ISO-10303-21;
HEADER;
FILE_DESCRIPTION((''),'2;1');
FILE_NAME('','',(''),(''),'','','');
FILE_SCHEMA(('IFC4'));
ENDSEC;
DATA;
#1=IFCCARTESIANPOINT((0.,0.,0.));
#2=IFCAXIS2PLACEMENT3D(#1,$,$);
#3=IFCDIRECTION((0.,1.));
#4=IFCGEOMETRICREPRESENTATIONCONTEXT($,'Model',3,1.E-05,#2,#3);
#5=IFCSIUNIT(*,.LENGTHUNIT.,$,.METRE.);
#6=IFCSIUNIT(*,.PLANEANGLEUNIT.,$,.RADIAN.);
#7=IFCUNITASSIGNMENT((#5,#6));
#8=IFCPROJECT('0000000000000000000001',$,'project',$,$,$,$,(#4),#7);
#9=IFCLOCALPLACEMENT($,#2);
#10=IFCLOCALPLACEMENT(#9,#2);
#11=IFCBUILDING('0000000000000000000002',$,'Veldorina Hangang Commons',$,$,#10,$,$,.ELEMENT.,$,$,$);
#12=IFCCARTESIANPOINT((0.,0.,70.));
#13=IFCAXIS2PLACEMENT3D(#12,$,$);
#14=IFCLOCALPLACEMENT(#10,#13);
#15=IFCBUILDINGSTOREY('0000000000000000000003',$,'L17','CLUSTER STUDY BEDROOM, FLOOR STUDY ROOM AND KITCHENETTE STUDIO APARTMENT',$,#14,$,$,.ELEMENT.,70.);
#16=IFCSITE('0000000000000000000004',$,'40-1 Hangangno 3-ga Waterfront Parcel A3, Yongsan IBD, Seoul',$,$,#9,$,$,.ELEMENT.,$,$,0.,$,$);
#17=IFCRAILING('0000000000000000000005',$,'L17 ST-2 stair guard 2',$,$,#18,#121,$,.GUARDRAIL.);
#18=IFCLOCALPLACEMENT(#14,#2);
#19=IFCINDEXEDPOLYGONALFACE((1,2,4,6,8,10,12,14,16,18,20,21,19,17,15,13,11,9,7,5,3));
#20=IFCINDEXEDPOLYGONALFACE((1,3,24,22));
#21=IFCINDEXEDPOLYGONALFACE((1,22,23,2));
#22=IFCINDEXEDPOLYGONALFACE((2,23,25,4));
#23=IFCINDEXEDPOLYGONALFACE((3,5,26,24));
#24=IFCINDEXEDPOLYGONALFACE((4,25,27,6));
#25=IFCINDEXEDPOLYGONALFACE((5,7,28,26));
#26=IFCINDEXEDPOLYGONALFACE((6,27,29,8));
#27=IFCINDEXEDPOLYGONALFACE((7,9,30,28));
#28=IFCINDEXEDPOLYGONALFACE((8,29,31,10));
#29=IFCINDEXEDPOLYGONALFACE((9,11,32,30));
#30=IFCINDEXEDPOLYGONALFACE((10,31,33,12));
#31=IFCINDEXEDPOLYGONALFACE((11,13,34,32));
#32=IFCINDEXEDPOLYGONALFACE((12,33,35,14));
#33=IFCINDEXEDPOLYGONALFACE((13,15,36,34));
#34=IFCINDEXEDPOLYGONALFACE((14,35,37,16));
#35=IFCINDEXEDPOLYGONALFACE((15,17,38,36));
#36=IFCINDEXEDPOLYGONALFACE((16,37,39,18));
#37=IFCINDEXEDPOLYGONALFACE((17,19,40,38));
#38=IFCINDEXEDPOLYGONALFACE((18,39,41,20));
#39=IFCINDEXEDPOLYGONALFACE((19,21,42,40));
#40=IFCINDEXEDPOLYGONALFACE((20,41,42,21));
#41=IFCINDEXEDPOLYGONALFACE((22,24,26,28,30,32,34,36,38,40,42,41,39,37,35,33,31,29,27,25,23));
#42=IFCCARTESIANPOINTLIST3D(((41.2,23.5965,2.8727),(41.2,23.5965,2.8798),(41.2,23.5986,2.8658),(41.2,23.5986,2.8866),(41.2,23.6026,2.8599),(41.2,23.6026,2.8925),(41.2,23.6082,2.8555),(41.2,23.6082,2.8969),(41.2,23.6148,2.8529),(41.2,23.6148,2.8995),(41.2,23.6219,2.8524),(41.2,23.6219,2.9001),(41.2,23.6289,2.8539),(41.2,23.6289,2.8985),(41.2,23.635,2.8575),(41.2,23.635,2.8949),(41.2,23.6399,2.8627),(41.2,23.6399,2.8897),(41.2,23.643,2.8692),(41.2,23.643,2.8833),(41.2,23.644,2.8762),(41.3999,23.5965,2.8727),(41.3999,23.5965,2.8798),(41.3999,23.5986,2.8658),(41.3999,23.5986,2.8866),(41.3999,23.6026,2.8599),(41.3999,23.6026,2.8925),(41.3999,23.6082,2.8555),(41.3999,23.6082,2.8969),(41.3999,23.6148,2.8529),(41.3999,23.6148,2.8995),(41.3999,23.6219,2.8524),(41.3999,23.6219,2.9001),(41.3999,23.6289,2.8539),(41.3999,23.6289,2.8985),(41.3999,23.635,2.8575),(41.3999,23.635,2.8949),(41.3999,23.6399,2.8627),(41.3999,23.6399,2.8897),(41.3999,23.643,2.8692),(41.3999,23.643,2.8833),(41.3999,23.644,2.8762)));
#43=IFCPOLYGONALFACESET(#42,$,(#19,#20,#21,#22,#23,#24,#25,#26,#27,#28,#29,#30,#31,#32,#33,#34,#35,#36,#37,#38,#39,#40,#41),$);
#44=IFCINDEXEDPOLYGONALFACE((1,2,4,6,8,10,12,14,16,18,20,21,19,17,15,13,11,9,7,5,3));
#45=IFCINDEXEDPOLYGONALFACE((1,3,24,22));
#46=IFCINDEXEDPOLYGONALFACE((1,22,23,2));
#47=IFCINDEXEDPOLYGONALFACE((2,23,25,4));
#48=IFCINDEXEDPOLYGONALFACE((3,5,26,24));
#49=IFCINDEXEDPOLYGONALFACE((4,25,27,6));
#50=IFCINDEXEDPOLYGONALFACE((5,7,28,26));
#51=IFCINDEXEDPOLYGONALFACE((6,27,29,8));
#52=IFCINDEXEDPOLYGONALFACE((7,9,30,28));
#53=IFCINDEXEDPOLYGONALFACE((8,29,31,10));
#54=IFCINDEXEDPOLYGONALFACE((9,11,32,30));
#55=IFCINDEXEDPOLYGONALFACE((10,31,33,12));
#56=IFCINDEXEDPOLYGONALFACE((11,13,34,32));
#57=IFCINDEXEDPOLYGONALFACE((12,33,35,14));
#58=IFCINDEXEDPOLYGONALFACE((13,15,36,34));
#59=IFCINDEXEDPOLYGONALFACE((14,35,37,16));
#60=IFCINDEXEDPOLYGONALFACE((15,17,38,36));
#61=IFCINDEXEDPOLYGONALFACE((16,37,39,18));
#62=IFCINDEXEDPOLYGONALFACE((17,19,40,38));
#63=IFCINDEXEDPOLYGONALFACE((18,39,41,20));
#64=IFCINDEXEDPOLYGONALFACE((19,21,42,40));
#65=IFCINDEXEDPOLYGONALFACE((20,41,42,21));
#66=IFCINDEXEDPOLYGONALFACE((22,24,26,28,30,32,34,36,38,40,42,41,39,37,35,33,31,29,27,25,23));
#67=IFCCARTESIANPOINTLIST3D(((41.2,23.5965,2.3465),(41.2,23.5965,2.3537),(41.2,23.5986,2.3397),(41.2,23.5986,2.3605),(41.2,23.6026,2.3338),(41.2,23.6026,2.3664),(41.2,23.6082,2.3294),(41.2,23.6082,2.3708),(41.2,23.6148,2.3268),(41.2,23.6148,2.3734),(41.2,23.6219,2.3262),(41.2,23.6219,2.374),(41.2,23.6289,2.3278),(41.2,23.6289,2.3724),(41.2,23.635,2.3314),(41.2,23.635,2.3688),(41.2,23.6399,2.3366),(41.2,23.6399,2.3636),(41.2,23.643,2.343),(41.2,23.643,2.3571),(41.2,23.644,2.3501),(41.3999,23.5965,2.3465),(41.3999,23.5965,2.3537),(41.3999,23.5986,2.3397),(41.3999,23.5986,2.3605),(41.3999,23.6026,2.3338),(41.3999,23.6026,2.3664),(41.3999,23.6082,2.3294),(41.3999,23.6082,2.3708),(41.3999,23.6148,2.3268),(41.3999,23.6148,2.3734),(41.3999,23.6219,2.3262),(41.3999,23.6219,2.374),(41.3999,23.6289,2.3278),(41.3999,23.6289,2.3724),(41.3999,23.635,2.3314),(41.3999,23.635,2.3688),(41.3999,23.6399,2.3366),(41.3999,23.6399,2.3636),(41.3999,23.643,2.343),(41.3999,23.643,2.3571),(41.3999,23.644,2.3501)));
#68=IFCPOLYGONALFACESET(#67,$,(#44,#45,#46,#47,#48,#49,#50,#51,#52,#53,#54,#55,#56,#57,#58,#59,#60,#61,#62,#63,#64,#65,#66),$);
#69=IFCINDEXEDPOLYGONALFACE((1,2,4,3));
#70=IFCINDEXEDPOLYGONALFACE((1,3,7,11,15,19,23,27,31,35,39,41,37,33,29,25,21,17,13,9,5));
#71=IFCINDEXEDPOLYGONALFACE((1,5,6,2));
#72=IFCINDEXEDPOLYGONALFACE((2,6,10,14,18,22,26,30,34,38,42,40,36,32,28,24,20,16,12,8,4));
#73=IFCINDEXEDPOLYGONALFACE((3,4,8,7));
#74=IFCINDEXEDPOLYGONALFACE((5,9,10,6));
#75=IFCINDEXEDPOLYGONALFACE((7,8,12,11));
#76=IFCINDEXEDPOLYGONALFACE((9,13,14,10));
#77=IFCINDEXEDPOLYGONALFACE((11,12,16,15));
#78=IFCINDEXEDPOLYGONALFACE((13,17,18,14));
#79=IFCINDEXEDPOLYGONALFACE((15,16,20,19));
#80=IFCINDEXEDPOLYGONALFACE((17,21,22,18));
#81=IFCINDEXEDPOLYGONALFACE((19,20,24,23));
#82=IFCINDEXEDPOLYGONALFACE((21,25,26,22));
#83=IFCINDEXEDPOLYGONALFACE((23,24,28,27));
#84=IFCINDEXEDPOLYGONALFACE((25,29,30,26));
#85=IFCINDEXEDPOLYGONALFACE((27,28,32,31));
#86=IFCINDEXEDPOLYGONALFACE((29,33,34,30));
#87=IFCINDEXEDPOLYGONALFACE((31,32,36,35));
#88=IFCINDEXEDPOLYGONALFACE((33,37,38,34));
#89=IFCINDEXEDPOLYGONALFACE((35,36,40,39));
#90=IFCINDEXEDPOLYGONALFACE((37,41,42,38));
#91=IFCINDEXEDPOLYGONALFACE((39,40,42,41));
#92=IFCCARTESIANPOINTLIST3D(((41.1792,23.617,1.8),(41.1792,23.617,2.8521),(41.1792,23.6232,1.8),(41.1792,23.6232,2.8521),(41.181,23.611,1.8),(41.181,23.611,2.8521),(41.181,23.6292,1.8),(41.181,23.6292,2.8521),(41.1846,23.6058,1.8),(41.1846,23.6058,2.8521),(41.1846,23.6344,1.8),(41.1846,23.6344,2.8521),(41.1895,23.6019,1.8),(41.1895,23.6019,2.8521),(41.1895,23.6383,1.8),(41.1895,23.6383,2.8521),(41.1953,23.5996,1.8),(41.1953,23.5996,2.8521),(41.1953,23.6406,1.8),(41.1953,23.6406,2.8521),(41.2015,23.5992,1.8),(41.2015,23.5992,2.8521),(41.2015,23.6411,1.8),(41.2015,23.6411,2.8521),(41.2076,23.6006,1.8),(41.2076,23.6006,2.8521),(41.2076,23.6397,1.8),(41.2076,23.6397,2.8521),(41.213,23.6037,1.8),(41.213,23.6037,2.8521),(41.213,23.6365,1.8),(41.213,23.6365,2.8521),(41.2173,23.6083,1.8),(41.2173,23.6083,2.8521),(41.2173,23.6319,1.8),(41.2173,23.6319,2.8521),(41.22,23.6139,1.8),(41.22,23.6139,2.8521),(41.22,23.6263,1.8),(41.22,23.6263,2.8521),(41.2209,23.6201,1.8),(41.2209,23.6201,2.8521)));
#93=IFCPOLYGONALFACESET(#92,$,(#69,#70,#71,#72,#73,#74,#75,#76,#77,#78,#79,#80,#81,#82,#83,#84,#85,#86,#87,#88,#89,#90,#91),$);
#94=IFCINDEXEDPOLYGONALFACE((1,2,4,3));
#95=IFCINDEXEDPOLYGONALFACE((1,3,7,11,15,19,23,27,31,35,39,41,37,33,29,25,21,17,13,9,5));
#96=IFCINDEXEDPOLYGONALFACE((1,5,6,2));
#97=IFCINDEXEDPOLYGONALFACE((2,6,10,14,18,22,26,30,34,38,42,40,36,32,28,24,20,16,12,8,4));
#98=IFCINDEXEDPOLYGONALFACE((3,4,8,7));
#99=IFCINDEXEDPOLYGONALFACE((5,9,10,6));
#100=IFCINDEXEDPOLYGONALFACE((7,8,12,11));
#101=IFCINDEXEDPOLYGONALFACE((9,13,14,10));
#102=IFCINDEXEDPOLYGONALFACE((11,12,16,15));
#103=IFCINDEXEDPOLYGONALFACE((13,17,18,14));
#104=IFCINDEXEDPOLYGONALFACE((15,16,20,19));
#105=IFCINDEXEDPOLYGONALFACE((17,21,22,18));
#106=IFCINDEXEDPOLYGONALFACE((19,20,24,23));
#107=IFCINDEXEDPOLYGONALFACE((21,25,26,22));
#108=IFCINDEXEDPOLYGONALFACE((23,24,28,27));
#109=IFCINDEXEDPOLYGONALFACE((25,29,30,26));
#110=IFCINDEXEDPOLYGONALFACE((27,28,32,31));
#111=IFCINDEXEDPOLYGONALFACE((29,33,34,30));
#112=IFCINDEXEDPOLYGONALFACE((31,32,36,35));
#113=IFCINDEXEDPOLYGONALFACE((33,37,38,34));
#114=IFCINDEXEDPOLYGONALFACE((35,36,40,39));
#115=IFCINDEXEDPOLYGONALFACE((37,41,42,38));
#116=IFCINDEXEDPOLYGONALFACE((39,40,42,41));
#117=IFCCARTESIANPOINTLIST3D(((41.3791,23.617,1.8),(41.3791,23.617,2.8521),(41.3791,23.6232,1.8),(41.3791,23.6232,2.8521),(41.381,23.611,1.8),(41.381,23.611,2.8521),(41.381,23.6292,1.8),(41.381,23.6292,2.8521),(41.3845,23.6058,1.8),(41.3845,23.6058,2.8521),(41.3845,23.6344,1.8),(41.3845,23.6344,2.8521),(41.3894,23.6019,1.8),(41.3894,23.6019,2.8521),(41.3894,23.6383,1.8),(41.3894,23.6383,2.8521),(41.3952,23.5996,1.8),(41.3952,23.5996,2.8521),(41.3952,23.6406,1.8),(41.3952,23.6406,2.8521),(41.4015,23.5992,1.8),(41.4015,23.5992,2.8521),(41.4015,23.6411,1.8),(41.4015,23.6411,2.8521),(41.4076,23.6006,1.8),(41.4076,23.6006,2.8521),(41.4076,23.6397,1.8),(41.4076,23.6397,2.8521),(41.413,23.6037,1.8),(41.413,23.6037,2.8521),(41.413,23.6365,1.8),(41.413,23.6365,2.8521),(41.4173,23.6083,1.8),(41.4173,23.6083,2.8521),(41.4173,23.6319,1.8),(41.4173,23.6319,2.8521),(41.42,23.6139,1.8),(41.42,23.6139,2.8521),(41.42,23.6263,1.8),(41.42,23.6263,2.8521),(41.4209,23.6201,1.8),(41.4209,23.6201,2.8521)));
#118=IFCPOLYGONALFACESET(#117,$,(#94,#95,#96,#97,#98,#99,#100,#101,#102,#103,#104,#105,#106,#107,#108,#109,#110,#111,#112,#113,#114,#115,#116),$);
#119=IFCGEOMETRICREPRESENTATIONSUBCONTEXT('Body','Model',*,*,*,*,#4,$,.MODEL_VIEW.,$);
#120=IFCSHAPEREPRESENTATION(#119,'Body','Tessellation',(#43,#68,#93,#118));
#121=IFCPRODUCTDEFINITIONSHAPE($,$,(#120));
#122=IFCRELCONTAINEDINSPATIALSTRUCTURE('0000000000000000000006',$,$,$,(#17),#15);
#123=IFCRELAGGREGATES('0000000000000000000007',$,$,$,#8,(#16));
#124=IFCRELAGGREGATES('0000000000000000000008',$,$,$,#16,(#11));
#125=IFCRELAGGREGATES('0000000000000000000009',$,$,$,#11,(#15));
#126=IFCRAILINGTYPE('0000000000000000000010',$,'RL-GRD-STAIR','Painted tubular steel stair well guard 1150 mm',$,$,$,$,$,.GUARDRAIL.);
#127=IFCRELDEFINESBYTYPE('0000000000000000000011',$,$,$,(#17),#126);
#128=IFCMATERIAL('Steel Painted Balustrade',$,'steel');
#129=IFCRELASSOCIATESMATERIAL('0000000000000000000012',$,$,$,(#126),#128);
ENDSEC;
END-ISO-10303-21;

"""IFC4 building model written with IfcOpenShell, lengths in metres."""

from ifc_helpers import new_model, si_unit, direction, frame, origin, origin_2d, place, context, subcontext, project, spatial, circle, extrude, material, type_object, element, save


model = new_model("IFC4")

# Units and contexts
model_context = context("Model", 3, precision=1e-05, world=origin(), true_north=direction((0.0, 1.0)))
body_context = subcontext(model_context, "Body", "Model", "MODEL_VIEW")
ifc_project = project(units=[si_unit("LENGTHUNIT", "METRE"), si_unit("PLANEANGLEUNIT", "RADIAN")], contexts=[model_context])

# Site, building, storey
site_placement = place(None, origin())
site = spatial("IfcSite", under=ifc_project, at=site_placement, Name="40-1 Hangangno 3-ga Waterfront Parcel A3, Yongsan IBD, Seoul", CompositionType="ELEMENT", RefElevation=0.0)
building_placement = place(site_placement, origin())
building = spatial("IfcBuilding", under=site, at=building_placement, Name="Veldorina Hangang Commons", CompositionType="ELEMENT")
storey_placement = place(building_placement, frame((0.0, 0.0, 70.0)))
storey = spatial("IfcBuildingStorey", under=building, at=storey_placement, Name="L17", Description="CLUSTER STUDY BEDROOM, FLOOR STUDY ROOM AND KITCHENETTE STUDIO APARTMENT", CompositionType="ELEMENT", Elevation=70.0)

# Railing
ifc_material_1 = material(Name="Steel Painted Balustrade", Category="steel")
railing_type = type_object("IfcRailingType", Name="RL-GRD-STAIR", Description="Painted tubular steel stair well guard 1150 mm", PredefinedType="GUARDRAIL", material=ifc_material_1)
railing_placement = place(storey_placement, frame((41.2, 23.6201, 1.8)))
element("IfcRailing", 1, at=railing_placement, inside=storey, type_object=railing_type, Name="L17 ST-2 stair guard 2", PredefinedType="GUARDRAIL", context=body_context, shape_type="SweptSolid", body=[
    extrude(circle(Radius=0.0239, at=origin_2d()), frame((0.0, 0.0, 1.0762), z_axis=(1.0, 0.0, 0.0), x_axis=(0.0, 1.0, 0.0)), (0.0, 0.0, 1.0), 0.2),
    extrude(circle(Radius=0.0239, at=origin_2d()), frame((0.0, 0.0, 0.55), z_axis=(1.0, 0.0, 0.0), x_axis=(0.0, 1.0, 0.0)), (0.0, 0.0, 1.0), 0.2),
    extrude(circle(Radius=0.021, at=origin_2d()), origin(), (0.0, 0.0, 1.0), 1.052),
    extrude(circle(Radius=0.021, at=origin_2d()), frame((0.2, 0.0, 0.0)), (0.0, 0.0, 1.0), 1.052),
])

save(model, "model.ifc")
